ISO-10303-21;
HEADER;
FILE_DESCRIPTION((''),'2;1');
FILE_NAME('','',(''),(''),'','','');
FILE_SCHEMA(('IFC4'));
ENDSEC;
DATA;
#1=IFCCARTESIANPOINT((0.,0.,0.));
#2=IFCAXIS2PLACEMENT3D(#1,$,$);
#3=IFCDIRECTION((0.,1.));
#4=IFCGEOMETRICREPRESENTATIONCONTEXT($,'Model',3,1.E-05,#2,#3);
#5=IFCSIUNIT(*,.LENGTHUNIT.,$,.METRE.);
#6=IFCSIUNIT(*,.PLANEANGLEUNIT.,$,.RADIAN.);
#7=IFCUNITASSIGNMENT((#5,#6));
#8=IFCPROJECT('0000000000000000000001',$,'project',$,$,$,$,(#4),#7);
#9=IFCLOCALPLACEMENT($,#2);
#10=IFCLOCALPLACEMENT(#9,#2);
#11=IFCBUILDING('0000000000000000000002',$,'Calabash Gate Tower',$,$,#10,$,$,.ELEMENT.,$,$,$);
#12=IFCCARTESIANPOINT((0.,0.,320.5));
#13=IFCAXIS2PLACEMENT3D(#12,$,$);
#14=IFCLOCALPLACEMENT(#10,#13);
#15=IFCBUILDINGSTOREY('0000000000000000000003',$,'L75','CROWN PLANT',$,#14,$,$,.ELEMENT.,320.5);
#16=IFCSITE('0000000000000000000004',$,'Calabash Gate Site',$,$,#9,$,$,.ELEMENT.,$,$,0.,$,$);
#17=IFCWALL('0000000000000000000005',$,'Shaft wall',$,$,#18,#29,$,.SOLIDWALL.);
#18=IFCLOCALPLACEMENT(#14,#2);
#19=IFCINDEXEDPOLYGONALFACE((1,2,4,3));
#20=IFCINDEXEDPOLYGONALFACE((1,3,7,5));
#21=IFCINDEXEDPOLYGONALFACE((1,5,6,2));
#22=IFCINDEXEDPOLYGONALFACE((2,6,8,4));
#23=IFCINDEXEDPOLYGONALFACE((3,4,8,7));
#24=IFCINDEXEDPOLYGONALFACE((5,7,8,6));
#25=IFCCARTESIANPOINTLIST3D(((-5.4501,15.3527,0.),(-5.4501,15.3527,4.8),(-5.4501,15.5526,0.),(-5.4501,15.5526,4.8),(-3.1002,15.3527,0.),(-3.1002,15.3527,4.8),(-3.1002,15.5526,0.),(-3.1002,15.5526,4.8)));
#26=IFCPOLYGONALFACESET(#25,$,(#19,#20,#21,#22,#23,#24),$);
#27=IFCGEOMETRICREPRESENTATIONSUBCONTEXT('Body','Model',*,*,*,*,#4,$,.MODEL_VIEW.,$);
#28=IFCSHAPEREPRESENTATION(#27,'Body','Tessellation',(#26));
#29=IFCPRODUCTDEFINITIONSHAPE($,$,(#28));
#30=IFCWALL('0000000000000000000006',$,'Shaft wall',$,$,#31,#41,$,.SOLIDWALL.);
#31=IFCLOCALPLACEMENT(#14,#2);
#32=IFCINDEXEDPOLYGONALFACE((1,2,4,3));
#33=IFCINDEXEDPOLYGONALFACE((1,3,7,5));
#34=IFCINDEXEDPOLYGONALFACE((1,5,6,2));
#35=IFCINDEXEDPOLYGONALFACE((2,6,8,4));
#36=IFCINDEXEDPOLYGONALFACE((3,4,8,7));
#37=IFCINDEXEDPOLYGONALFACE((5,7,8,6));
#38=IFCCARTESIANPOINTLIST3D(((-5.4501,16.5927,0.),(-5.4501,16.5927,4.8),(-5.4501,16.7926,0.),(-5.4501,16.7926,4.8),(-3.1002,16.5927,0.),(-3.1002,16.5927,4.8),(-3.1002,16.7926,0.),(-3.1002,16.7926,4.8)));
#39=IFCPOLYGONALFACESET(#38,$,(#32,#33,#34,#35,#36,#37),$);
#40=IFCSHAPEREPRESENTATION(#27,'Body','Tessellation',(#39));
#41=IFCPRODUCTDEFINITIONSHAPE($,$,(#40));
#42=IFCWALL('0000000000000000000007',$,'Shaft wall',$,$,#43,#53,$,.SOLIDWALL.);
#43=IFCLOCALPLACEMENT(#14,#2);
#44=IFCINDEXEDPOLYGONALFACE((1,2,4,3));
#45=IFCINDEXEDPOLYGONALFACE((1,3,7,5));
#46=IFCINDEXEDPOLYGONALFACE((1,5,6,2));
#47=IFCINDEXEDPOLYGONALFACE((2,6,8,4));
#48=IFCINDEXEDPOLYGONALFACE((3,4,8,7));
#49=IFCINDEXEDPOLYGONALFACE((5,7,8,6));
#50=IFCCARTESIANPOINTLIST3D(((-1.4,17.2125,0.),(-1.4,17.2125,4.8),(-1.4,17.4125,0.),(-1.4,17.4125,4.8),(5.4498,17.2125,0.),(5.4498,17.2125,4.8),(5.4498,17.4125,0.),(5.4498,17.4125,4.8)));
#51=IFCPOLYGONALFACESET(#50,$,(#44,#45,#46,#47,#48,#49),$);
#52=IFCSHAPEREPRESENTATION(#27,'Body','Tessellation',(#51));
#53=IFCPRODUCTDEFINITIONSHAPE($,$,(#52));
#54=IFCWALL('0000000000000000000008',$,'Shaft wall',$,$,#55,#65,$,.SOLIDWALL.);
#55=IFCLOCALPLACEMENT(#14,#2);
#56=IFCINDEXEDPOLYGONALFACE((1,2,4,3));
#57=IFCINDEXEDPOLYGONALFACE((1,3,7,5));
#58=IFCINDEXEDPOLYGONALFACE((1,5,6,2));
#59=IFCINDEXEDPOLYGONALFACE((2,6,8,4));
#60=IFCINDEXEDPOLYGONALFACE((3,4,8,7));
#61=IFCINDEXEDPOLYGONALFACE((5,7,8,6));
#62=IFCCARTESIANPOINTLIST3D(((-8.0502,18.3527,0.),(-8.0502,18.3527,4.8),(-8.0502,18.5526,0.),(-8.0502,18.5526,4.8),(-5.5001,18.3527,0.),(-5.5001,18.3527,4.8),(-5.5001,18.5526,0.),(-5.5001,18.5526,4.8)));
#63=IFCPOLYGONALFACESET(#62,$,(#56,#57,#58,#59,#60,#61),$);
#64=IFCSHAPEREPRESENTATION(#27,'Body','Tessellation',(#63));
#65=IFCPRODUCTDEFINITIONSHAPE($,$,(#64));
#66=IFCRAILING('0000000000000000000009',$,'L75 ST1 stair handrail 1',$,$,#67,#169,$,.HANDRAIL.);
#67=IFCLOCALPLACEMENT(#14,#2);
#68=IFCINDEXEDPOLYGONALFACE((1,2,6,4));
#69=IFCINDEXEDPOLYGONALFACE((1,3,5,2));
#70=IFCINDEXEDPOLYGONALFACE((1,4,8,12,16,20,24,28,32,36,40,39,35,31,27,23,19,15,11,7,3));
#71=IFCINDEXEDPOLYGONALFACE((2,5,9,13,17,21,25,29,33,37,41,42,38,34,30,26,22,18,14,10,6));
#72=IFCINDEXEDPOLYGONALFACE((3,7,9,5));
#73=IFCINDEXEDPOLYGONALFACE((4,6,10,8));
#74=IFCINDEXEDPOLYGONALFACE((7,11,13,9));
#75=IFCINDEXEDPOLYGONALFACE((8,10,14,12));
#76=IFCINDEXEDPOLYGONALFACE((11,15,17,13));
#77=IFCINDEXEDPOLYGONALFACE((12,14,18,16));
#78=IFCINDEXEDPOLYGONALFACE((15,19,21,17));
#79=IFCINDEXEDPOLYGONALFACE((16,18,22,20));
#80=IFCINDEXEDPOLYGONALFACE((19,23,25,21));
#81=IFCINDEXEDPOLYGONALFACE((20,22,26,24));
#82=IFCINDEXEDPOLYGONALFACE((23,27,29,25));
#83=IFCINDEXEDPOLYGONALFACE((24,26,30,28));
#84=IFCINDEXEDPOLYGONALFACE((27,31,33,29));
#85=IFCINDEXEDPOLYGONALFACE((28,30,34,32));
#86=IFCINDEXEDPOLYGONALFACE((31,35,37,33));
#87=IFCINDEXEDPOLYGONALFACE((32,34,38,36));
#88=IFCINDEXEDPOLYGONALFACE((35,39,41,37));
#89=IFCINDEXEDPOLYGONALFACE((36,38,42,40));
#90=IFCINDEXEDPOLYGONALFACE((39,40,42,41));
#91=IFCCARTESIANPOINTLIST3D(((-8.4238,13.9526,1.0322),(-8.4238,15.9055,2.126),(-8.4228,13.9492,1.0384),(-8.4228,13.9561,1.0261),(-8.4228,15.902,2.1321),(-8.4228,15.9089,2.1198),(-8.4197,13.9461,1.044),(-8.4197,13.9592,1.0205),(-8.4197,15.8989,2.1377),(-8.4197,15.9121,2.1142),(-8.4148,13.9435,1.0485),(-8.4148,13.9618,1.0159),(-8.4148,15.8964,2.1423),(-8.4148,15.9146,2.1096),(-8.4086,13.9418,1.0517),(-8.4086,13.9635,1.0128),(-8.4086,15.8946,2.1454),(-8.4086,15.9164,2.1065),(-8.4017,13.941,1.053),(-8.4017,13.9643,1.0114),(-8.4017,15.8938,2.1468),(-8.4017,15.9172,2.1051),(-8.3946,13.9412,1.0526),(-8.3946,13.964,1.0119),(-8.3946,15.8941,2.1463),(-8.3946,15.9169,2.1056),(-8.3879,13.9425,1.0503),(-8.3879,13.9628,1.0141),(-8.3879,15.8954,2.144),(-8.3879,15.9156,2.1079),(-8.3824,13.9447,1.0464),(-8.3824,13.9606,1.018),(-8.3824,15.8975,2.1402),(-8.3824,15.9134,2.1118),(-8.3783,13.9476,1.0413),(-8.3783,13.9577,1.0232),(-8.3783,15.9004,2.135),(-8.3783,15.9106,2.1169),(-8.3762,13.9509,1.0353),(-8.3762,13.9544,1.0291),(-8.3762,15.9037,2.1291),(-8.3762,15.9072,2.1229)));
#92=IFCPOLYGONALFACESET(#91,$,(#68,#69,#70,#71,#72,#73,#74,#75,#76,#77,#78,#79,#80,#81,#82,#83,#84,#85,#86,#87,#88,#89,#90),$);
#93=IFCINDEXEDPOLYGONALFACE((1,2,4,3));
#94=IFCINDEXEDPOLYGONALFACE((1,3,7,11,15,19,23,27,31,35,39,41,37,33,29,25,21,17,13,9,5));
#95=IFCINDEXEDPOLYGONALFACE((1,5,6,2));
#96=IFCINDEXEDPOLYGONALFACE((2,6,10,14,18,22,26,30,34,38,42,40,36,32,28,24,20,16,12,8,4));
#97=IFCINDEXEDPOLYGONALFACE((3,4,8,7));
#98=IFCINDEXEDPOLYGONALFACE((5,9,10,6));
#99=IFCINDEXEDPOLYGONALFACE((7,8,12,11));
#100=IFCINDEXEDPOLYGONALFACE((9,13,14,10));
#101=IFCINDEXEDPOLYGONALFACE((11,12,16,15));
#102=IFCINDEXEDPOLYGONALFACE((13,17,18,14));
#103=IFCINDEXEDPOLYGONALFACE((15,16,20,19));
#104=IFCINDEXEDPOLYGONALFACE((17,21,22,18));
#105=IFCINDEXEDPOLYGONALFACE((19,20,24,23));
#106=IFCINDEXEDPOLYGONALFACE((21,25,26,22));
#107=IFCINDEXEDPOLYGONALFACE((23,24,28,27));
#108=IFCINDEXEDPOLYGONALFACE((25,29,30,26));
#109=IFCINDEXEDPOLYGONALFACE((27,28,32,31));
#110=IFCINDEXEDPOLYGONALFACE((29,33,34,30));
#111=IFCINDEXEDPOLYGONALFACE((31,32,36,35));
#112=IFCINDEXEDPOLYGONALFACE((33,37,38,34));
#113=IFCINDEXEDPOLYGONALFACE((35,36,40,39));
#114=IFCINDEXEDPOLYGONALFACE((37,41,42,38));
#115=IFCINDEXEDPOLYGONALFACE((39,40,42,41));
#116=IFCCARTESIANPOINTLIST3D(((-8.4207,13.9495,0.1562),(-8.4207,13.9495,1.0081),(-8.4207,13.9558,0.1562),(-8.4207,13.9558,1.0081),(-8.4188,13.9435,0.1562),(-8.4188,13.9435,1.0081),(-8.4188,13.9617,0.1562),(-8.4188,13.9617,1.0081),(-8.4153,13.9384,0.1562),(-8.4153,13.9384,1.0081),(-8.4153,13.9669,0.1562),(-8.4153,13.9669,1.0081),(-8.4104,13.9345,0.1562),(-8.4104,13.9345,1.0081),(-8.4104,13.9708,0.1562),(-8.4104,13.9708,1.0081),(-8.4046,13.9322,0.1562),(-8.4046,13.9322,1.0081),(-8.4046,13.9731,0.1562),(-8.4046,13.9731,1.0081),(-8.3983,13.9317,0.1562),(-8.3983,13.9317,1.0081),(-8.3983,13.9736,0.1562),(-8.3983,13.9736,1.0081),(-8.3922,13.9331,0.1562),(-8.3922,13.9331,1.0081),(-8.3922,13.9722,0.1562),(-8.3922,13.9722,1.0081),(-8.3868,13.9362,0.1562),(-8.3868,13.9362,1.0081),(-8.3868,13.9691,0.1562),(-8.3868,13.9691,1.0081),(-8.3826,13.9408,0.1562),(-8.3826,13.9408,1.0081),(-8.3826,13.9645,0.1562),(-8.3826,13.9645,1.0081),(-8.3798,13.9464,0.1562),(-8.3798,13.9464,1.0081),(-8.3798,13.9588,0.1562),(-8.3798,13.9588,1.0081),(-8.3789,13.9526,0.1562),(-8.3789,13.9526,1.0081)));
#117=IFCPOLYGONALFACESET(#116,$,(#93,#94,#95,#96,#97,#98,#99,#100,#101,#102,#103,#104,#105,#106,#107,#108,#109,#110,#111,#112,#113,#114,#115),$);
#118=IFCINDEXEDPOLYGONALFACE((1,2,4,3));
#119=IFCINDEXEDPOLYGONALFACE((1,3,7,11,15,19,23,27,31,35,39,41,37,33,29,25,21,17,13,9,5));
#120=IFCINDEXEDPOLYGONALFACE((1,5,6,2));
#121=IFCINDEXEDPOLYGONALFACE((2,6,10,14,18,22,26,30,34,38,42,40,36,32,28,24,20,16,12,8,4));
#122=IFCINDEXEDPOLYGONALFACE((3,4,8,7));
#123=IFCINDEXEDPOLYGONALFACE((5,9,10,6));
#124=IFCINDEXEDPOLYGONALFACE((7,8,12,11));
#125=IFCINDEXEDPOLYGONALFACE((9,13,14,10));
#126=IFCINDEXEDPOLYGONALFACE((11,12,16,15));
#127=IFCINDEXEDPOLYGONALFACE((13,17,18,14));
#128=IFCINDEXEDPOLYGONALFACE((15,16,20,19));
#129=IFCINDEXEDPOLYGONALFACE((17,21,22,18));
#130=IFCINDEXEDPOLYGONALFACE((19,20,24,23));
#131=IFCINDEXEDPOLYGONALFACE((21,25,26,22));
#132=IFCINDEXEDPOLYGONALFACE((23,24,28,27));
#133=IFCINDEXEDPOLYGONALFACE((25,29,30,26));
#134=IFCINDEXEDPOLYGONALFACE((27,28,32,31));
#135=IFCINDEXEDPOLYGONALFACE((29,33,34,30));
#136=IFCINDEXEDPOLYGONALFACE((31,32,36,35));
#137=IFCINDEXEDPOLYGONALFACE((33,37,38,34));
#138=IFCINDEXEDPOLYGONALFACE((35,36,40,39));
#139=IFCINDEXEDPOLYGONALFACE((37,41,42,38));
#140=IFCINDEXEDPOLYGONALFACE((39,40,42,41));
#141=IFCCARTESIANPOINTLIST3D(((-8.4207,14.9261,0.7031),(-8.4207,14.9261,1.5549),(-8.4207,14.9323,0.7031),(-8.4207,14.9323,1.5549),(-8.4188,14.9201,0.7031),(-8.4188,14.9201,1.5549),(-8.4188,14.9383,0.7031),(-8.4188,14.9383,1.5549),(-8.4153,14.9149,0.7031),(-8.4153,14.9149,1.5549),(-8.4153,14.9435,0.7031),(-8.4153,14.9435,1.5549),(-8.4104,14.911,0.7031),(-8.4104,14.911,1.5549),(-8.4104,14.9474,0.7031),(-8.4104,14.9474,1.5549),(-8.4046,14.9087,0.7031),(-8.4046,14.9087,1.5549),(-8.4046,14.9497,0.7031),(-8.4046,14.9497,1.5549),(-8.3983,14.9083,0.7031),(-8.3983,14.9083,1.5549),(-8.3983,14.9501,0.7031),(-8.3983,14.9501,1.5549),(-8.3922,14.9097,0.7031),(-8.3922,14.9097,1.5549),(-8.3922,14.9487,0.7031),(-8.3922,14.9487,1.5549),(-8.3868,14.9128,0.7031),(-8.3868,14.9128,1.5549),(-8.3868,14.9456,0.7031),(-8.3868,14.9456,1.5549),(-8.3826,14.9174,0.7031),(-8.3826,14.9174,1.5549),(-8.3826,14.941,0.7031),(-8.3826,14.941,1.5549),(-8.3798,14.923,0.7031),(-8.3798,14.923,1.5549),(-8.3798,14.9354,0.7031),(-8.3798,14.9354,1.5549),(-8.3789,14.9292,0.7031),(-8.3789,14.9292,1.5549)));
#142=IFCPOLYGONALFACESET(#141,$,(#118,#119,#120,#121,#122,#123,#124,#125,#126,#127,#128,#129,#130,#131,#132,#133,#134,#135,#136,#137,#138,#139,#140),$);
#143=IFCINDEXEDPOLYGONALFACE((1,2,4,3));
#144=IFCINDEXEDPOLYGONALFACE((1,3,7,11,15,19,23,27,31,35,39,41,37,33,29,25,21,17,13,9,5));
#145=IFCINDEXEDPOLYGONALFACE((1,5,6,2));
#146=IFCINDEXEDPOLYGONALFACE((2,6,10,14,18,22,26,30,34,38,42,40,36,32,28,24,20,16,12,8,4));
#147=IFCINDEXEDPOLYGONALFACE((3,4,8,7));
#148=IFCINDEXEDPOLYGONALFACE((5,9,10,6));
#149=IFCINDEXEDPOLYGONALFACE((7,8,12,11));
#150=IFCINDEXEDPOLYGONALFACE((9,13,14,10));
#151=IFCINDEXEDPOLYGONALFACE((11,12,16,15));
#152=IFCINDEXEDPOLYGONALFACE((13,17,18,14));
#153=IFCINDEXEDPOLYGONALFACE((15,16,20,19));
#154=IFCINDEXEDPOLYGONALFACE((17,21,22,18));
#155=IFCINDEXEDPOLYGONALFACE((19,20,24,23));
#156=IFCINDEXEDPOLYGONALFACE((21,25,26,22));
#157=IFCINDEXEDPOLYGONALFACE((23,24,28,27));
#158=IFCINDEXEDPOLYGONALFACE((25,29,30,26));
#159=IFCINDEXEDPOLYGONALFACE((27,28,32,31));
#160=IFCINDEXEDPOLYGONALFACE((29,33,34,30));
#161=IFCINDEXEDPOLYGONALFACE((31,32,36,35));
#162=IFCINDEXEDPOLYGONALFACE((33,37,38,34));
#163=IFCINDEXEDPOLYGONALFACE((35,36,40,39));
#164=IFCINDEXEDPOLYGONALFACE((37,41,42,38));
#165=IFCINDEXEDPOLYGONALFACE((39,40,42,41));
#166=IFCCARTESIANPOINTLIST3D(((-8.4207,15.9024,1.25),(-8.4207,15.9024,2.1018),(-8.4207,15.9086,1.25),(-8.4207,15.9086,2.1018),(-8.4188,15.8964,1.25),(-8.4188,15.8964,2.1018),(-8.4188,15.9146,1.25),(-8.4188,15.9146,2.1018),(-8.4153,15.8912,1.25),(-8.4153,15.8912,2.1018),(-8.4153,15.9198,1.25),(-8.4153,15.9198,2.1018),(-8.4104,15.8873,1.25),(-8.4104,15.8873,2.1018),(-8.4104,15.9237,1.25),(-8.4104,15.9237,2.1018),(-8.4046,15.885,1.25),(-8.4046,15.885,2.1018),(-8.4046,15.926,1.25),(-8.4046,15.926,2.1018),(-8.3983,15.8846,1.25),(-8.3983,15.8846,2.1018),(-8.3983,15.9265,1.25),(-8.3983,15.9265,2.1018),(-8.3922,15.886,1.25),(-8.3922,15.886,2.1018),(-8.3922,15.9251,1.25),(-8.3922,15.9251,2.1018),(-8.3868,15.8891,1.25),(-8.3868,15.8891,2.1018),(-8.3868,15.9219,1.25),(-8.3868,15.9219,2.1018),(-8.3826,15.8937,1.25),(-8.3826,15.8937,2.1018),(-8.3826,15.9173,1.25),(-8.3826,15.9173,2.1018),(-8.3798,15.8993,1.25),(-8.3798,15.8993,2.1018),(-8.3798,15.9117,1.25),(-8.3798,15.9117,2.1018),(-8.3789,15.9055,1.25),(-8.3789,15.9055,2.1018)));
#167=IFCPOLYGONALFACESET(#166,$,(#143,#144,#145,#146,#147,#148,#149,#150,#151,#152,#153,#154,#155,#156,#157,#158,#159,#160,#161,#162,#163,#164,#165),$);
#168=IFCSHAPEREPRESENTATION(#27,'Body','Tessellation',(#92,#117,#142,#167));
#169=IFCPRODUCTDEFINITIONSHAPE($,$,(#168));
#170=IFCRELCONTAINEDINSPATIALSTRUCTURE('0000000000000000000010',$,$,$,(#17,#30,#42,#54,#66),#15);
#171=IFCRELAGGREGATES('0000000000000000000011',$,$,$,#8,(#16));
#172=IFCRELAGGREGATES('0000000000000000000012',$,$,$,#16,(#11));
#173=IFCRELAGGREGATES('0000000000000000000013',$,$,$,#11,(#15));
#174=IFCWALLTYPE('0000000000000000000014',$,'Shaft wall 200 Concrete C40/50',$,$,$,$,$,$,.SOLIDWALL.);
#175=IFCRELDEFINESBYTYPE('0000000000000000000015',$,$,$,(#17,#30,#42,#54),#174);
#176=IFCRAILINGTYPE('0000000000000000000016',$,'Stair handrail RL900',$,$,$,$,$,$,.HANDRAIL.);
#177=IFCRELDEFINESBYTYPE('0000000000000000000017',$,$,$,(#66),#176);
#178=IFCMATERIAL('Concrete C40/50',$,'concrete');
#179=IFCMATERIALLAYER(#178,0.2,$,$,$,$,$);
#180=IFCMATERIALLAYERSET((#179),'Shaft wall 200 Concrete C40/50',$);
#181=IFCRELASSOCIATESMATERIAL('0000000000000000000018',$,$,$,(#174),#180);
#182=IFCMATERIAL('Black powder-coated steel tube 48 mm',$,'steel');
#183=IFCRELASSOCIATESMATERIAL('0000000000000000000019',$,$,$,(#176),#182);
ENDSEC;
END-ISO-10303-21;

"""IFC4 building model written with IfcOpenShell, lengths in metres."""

from ifc_helpers import new_model, si_unit, direction, frame, frame_2d, origin, origin_2d, place, context, subcontext, project, spatial, rectangle, circle, extrude, material, layer, layer_set, type_object, element, save


model = new_model("IFC4")

# Units and contexts
model_context = context("Model", 3, precision=1e-05, world=origin(), true_north=direction((0.0, 1.0)))
body_context = subcontext(model_context, "Body", "Model", "MODEL_VIEW")
ifc_project = project(units=[si_unit("LENGTHUNIT", "METRE"), si_unit("PLANEANGLEUNIT", "RADIAN")], contexts=[model_context])

# Site, building, storey
site_placement = place(None, origin())
site = spatial("IfcSite", under=ifc_project, at=site_placement, Name="Calabash Gate Site", CompositionType="ELEMENT", RefElevation=0.0)
building_placement = place(site_placement, origin())
building = spatial("IfcBuilding", under=site, at=building_placement, Name="Calabash Gate Tower", CompositionType="ELEMENT")
storey_placement = place(building_placement, frame((0.0, 0.0, 320.5)))
storey = spatial("IfcBuildingStorey", under=building, at=storey_placement, Name="L75", Description="CROWN PLANT", CompositionType="ELEMENT", Elevation=320.5)

# Shared definitions
ifc_material_1 = material(Name="Concrete C40/50", Category="concrete")
ifc_layer_1 = layer(ifc_material_1, 0.2)
ifc_layer_set_1 = layer_set([ifc_layer_1], Name="Shaft wall 200 Concrete C40/50")
wall_type_1 = type_object("IfcWallType", Name="Shaft wall 200 Concrete C40/50", PredefinedType="SOLIDWALL", material=ifc_layer_set_1)

# Walls
for number, where, z_axis, x_axis, name in (
    (1, (-5.45, 15.4526, 0.0), (0.0, 0.0, 1.0), (1.0, 0.0, 0.0), "Shaft wall"),
    (2, (-5.45, 16.6926, 0.0), (0.0, 0.0, 1.0), (1.0, 0.0, 0.0), "Shaft wall"),
):
    element("IfcWall", number, at=place(storey_placement, frame(where, z_axis=z_axis, x_axis=x_axis)), inside=storey, type_object=wall_type_1, Name=name, PredefinedType="SOLIDWALL", context=body_context, shape_type="SweptSolid", body=[
        extrude(rectangle(XDim=2.3499, YDim=0.2, at=frame_2d((1.1748, 0.0))), origin(), (0.0, 0.0, 1.0), 4.8),
    ])
wall_1_placement = place(storey_placement, frame((-1.3999, 17.3125, 0.0), z_axis=(0.0, 0.0, 1.0), x_axis=(1.0, 0.0, 0.0)))
element("IfcWall", 3, at=wall_1_placement, inside=storey, type_object=wall_type_1, Name="Shaft wall", PredefinedType="SOLIDWALL", context=body_context, shape_type="SweptSolid", body=[
    extrude(rectangle(XDim=6.8499, YDim=0.2, at=frame_2d((3.4248, 0.0))), origin(), (0.0, 0.0, 1.0), 4.8),
])
wall_2_placement = place(storey_placement, frame((-8.05, 18.4526, 0.0), z_axis=(0.0, 0.0, 1.0), x_axis=(1.0, 0.0, 0.0)))
element("IfcWall", 4, at=wall_2_placement, inside=storey, type_object=wall_type_1, Name="Shaft wall", PredefinedType="SOLIDWALL", context=body_context, shape_type="SweptSolid", body=[
    extrude(rectangle(XDim=2.55, YDim=0.2, at=frame_2d((1.2749, 0.0))), origin(), (0.0, 0.0, 1.0), 4.8),
])

# Railing
ifc_material_2 = material(Name="Black powder-coated steel tube 48 mm", Category="steel")
railing_type_1 = type_object("IfcRailingType", Name="Stair handrail RL900", PredefinedType="HANDRAIL", material=ifc_material_2)
for number, where, name in (
    (5, (-8.3999, 13.9526, 0.1562), "L75 ST1 stair handrail 1"),
):
    element("IfcRailing", number, at=place(storey_placement, frame(where)), inside=storey, type_object=railing_type_1, Name=name, PredefinedType="HANDRAIL", context=body_context, shape_type="SweptSolid", body=[
        extrude(circle(Radius=0.0239, at=origin_2d()), frame((0.0, 0.0, 0.876), z_axis=(0.0, 0.87248, 0.48865), x_axis=(-1.0, 0.0, 0.0)), (0.0, 0.0, 1.0), 2.2383),
        extrude(circle(Radius=0.021, at=origin_2d()), origin(), (0.0, 0.0, 1.0), 0.8518),
        extrude(circle(Radius=0.021, at=origin_2d()), frame((0.0, 0.9766, 0.5469)), (0.0, 0.0, 1.0), 0.8518),
        extrude(circle(Radius=0.021, at=origin_2d()), frame((0.0, 1.9529, 1.0938)), (0.0, 0.0, 1.0), 0.8518),
    ])

save(model, "model.ifc")
